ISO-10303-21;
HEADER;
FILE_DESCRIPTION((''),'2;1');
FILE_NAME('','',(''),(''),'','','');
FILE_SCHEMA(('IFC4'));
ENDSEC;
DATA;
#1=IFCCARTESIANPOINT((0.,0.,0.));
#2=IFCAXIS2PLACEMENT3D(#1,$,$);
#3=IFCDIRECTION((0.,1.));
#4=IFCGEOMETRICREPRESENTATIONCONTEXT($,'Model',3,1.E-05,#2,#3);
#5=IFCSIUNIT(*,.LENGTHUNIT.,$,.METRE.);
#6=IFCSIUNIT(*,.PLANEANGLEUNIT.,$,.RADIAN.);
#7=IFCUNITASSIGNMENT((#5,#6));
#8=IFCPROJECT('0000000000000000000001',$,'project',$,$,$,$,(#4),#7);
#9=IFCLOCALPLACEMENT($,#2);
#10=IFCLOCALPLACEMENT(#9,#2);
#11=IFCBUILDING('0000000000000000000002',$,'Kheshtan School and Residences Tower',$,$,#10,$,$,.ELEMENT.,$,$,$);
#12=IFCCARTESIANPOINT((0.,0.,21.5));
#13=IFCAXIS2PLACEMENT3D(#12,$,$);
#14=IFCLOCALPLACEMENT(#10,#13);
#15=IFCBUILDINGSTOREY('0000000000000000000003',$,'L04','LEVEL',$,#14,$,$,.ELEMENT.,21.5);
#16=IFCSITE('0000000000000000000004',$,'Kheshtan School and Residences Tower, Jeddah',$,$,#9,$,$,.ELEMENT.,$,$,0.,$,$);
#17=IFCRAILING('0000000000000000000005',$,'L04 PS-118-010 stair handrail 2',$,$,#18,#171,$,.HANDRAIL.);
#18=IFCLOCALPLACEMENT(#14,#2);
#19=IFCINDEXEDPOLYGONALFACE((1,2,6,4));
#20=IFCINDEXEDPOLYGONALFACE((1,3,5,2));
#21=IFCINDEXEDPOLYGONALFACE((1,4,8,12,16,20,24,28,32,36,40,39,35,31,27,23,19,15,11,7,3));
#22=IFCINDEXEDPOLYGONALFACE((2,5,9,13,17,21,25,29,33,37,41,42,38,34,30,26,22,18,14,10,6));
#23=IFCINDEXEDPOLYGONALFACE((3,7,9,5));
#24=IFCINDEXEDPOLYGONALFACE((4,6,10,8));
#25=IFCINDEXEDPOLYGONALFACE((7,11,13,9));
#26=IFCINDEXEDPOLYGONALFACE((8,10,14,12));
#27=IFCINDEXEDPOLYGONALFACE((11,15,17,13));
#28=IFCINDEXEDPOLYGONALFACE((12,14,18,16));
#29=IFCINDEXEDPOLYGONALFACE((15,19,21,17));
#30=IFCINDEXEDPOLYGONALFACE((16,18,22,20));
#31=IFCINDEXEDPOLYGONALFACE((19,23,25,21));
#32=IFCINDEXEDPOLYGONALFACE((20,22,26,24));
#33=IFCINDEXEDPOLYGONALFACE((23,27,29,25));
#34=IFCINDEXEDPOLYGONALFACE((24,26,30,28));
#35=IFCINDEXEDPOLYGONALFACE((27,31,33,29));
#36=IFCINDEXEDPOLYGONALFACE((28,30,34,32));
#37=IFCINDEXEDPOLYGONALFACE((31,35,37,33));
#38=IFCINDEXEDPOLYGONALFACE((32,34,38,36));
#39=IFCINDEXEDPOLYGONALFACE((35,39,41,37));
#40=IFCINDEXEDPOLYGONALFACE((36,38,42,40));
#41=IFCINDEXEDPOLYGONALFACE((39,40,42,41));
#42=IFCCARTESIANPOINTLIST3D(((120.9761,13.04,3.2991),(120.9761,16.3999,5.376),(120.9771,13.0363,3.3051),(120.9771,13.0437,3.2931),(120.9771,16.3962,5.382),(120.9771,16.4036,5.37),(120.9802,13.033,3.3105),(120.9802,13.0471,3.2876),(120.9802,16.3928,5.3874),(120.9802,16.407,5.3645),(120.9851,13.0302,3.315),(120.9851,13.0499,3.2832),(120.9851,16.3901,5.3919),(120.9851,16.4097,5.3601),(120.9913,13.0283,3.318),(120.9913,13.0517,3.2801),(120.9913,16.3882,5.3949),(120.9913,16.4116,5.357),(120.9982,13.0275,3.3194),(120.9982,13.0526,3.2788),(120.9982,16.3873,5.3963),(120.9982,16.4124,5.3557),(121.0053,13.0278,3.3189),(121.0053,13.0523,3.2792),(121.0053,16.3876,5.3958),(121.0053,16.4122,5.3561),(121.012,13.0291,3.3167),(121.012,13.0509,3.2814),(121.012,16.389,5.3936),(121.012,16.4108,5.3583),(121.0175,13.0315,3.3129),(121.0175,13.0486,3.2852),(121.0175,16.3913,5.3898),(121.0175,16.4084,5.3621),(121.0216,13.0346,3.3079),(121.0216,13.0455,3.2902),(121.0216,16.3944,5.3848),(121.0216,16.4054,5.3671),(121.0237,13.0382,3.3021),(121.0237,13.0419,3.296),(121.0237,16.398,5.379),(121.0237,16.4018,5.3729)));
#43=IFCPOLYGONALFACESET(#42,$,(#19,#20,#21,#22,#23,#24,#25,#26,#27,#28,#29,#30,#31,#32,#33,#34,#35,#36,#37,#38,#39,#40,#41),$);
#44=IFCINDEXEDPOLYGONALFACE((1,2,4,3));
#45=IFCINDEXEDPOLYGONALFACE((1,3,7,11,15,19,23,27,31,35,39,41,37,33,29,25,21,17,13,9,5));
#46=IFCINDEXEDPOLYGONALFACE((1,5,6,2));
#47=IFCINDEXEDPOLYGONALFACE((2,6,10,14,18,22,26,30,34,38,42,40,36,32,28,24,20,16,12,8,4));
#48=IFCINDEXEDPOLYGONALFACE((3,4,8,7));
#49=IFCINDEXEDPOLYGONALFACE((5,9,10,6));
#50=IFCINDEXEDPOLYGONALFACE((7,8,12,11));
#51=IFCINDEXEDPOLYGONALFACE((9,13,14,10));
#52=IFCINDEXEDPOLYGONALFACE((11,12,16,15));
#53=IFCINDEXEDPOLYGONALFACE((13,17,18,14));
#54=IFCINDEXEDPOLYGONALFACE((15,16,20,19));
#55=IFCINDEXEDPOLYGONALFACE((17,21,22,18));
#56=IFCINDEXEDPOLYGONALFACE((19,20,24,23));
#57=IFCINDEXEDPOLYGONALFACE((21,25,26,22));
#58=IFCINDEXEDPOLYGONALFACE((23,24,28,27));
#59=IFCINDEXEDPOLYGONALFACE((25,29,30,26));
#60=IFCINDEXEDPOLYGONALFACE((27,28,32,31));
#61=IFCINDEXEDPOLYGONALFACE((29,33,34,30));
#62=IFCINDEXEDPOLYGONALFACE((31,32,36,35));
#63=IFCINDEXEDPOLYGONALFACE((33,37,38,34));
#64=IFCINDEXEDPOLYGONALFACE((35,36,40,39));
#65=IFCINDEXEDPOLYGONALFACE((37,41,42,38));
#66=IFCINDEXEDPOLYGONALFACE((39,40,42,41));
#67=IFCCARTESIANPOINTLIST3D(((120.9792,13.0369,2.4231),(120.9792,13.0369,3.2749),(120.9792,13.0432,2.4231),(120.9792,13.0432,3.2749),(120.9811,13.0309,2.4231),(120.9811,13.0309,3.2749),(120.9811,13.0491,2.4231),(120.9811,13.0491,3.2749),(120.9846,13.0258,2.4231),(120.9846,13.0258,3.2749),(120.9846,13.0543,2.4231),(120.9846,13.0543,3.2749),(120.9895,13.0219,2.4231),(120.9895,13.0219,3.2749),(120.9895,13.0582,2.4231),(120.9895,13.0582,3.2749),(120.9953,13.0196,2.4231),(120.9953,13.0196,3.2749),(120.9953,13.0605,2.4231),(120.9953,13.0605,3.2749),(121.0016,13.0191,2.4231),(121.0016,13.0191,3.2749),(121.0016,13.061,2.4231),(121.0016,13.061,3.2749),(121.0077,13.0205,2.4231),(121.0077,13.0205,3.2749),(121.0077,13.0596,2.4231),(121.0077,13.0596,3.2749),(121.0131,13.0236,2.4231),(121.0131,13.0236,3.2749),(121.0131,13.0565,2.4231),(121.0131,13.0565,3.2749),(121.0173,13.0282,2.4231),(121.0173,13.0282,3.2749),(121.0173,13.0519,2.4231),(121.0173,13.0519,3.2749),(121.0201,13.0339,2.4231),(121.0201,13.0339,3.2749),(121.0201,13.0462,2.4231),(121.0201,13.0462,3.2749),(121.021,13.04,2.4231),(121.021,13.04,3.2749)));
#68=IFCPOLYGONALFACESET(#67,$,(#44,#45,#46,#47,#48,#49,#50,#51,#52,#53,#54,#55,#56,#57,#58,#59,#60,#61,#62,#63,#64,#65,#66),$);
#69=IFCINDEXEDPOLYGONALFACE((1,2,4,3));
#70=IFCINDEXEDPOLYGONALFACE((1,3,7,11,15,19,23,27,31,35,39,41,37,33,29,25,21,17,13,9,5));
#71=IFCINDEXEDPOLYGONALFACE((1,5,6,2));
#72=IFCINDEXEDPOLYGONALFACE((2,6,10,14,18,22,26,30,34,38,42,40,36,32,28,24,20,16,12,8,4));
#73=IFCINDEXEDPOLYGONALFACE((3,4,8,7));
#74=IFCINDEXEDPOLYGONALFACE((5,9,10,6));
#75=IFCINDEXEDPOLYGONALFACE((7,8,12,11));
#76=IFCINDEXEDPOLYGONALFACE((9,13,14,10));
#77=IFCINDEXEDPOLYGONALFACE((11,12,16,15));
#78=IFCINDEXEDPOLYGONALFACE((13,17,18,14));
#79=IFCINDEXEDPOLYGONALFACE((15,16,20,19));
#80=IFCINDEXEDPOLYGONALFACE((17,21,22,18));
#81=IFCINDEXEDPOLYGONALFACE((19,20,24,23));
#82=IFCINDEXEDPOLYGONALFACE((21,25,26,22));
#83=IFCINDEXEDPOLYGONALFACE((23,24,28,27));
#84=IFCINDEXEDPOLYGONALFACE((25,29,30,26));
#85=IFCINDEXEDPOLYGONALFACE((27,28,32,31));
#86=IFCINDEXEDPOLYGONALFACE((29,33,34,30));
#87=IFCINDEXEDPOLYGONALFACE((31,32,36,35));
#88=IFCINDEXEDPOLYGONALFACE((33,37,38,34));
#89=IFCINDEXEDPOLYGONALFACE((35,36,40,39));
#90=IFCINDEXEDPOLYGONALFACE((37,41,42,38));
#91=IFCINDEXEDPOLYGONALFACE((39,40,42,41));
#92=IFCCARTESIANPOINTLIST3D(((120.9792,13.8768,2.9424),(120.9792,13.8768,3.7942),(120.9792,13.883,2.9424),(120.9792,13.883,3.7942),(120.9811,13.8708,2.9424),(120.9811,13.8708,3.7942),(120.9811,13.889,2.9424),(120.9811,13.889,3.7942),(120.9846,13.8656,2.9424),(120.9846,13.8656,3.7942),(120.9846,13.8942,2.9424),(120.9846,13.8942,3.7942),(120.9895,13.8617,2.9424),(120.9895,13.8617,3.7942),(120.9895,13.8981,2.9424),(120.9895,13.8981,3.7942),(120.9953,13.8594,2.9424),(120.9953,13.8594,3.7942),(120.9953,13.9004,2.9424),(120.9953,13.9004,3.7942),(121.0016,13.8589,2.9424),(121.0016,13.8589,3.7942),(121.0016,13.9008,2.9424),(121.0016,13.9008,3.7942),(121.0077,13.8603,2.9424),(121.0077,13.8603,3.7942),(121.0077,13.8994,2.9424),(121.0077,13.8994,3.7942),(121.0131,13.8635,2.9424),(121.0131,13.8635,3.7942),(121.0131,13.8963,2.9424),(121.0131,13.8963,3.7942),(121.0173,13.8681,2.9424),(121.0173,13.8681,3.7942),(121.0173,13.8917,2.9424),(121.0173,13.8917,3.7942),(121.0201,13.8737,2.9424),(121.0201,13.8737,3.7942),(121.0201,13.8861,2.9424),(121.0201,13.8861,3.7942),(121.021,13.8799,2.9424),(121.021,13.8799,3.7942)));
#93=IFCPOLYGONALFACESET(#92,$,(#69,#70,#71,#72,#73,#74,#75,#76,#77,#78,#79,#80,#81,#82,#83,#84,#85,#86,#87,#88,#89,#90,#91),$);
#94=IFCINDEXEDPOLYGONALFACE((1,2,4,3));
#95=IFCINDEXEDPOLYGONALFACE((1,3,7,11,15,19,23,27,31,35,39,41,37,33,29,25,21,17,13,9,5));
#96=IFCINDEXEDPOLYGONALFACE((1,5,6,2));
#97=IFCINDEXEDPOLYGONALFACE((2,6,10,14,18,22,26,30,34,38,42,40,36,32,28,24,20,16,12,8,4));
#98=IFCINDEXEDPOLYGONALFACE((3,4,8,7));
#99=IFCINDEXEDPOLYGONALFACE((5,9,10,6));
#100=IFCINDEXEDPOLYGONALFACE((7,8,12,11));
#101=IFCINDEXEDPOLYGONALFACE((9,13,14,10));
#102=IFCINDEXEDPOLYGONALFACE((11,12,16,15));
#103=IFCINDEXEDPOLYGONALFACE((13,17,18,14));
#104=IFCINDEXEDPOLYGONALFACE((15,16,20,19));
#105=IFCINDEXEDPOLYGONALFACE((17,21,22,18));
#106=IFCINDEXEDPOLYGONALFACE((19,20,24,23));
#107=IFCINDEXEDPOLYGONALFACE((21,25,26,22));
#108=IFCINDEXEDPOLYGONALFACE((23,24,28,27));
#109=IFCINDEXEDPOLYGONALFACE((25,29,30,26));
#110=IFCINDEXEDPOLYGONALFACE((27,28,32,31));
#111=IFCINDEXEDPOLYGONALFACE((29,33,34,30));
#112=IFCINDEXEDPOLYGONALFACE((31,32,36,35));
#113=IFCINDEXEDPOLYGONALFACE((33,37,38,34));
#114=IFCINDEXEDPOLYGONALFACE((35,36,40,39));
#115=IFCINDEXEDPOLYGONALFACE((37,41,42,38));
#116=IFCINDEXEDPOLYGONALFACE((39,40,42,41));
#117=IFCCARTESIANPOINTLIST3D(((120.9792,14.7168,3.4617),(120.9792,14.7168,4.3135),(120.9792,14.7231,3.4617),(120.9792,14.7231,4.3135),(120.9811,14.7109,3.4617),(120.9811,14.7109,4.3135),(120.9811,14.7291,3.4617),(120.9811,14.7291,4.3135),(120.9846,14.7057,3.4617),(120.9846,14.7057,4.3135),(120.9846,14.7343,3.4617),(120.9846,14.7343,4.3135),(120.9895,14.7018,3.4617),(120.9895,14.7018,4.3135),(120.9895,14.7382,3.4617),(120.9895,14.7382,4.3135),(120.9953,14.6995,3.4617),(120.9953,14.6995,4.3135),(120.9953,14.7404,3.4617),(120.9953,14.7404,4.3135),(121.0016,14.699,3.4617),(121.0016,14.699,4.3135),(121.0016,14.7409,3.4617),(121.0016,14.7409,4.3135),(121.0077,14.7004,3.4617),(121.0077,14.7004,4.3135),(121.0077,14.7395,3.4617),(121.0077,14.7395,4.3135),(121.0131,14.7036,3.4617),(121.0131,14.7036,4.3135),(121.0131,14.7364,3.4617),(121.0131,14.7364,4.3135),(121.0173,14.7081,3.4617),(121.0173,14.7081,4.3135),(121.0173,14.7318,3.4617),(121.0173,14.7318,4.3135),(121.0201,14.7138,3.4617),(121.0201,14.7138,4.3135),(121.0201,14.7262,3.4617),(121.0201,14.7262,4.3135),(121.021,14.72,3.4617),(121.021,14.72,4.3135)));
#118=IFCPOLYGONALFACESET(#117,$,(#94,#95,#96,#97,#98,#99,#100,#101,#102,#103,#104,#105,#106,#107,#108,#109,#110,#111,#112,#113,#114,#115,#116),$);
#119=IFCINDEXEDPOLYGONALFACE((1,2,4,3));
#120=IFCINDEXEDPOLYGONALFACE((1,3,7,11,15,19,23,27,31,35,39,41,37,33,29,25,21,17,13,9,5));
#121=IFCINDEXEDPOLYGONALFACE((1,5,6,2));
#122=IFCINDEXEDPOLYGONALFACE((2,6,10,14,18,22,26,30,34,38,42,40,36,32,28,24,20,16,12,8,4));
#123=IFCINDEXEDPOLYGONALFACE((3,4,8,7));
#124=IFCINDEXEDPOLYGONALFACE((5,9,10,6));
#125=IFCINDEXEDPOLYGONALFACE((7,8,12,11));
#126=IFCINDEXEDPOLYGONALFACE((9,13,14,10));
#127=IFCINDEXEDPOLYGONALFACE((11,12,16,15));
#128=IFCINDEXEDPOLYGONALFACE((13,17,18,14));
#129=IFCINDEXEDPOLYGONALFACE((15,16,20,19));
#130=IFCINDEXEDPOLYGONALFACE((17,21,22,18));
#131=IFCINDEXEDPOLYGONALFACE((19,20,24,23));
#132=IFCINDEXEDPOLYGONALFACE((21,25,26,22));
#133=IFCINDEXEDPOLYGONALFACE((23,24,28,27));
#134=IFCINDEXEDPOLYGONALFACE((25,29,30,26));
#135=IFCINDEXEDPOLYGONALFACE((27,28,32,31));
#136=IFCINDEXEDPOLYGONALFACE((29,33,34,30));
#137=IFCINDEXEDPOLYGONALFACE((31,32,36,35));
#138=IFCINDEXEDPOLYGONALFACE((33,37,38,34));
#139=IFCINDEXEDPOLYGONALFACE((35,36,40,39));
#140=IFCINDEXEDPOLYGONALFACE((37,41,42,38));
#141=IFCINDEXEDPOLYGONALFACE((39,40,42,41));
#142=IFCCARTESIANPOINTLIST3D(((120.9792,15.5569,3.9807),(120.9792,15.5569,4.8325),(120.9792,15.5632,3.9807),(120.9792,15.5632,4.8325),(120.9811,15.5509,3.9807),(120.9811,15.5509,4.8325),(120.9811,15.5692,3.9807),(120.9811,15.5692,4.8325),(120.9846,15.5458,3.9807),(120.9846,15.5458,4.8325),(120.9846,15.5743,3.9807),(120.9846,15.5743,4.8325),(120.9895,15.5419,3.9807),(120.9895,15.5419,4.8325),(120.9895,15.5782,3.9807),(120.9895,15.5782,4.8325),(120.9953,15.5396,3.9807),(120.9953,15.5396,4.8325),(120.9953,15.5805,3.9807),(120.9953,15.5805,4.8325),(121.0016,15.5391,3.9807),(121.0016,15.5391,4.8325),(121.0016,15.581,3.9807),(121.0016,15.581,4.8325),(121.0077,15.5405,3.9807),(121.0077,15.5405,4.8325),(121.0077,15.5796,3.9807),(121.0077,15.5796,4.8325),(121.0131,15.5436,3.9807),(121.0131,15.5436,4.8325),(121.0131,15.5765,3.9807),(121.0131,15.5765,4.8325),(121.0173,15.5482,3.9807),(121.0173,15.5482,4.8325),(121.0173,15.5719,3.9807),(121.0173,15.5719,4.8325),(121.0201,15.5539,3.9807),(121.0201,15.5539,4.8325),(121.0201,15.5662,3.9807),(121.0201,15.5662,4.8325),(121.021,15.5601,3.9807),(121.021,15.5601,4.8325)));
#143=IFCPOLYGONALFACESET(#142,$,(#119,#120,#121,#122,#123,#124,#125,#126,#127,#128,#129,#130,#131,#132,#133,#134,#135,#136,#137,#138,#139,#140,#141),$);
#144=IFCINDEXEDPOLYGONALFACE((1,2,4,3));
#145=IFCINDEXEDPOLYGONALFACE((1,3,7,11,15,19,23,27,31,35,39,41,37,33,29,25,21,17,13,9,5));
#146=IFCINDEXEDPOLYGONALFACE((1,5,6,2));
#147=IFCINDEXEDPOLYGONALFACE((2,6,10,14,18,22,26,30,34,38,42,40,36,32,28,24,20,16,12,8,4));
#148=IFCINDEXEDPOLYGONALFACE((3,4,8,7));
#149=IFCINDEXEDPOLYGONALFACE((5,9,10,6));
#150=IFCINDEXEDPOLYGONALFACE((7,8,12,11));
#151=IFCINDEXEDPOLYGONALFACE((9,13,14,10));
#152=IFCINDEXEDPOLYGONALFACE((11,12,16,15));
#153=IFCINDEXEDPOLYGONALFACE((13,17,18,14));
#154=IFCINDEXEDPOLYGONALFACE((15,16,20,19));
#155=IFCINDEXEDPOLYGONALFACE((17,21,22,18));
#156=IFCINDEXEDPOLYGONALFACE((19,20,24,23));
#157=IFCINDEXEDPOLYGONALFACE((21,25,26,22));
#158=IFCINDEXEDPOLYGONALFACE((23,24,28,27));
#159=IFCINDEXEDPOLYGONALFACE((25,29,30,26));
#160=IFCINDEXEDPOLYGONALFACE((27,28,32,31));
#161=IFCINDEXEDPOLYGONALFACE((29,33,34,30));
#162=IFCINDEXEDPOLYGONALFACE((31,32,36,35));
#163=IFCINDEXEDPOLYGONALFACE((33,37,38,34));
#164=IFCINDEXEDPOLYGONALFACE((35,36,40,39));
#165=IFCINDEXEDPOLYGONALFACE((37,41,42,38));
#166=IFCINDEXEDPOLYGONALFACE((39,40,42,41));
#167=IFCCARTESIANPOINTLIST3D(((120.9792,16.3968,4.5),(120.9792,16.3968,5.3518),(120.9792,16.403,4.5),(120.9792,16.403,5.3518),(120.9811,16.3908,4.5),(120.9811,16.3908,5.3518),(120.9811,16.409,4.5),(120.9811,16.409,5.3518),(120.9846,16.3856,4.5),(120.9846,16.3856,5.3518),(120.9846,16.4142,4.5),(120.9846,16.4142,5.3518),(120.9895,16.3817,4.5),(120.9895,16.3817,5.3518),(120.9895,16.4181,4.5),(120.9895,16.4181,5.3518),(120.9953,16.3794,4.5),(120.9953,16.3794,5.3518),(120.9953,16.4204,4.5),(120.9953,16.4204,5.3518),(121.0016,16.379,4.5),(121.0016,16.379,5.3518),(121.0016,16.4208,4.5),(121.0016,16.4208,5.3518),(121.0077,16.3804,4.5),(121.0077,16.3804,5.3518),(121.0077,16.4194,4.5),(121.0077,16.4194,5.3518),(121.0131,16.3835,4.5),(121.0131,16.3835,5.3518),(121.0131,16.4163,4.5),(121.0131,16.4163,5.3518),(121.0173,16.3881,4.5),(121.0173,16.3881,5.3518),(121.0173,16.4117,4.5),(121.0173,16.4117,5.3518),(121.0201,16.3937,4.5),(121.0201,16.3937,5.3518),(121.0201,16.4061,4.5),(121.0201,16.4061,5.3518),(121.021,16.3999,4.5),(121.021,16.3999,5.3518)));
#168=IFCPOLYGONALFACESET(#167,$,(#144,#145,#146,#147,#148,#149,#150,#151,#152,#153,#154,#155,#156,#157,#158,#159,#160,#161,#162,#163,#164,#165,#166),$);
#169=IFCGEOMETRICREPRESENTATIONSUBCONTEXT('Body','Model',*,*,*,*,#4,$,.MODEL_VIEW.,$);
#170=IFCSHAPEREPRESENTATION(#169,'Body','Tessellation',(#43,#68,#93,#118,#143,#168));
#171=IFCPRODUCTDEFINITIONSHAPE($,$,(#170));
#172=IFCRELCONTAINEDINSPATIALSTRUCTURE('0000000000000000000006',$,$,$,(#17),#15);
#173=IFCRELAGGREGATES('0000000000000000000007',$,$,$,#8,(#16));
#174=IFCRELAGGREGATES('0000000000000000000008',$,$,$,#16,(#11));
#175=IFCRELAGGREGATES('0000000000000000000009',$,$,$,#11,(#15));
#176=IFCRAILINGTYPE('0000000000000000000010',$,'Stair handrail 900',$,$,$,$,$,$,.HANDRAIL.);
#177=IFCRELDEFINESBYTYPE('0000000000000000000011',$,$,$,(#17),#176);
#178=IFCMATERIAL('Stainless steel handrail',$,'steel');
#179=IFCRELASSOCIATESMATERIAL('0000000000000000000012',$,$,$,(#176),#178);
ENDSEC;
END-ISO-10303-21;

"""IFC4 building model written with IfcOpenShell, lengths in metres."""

from ifc_helpers import new_model, si_unit, direction, frame, origin, origin_2d, place, context, subcontext, project, spatial, circle, extrude, material, type_object, element, save


model = new_model("IFC4")

# Units and contexts
model_context = context("Model", 3, precision=1e-05, world=origin(), true_north=direction((0.0, 1.0)))
body_context = subcontext(model_context, "Body", "Model", "MODEL_VIEW")
ifc_project = project(units=[si_unit("LENGTHUNIT", "METRE"), si_unit("PLANEANGLEUNIT", "RADIAN")], contexts=[model_context])

# Site, building, storey
site_placement = place(None, origin())
site = spatial("IfcSite", under=ifc_project, at=site_placement, Name="Kheshtan School and Residences Tower, Jeddah", CompositionType="ELEMENT", RefElevation=0.0)
building_placement = place(site_placement, origin())
building = spatial("IfcBuilding", under=site, at=building_placement, Name="Kheshtan School and Residences Tower", CompositionType="ELEMENT")
storey_placement = place(building_placement, frame((0.0, 0.0, 21.5)))
storey = spatial("IfcBuildingStorey", under=building, at=storey_placement, Name="L04", Description="LEVEL", CompositionType="ELEMENT", Elevation=21.5)

# Railing
ifc_material_1 = material(Name="Stainless steel handrail", Category="steel")
railing_type = type_object("IfcRailingType", Name="Stair handrail 900", PredefinedType="HANDRAIL", material=ifc_material_1)
railing_placement = place(storey_placement, frame((121.0, 13.04, 2.4231)))
element("IfcRailing", 1, at=railing_placement, inside=storey, type_object=railing_type, Name="L04 PS-118-010 stair handrail 2", PredefinedType="HANDRAIL", context=body_context, shape_type="SweptSolid", body=[
    extrude(circle(Radius=0.0239, at=origin_2d()), frame((0.0, 0.0, 0.876), z_axis=(0.0, 0.850606, 0.525803), x_axis=(-1.0, 0.0, 0.0)), (0.0, 0.0, 1.0), 3.95),
    extrude(circle(Radius=0.021, at=origin_2d()), origin(), (0.0, 0.0, 1.0), 0.8518),
    extrude(circle(Radius=0.021, at=origin_2d()), frame((0.0, 0.8398, 0.5193)), (0.0, 0.0, 1.0), 0.8518),
    extrude(circle(Radius=0.021, at=origin_2d()), frame((0.0, 1.6799, 1.0386)), (0.0, 0.0, 1.0), 0.8518),
    extrude(circle(Radius=0.021, at=origin_2d()), frame((0.0, 2.52, 1.5576)), (0.0, 0.0, 1.0), 0.8518),
    extrude(circle(Radius=0.021, at=origin_2d()), frame((0.0, 3.3599, 2.0769)), (0.0, 0.0, 1.0), 0.8518),
])

save(model, "model.ifc")
